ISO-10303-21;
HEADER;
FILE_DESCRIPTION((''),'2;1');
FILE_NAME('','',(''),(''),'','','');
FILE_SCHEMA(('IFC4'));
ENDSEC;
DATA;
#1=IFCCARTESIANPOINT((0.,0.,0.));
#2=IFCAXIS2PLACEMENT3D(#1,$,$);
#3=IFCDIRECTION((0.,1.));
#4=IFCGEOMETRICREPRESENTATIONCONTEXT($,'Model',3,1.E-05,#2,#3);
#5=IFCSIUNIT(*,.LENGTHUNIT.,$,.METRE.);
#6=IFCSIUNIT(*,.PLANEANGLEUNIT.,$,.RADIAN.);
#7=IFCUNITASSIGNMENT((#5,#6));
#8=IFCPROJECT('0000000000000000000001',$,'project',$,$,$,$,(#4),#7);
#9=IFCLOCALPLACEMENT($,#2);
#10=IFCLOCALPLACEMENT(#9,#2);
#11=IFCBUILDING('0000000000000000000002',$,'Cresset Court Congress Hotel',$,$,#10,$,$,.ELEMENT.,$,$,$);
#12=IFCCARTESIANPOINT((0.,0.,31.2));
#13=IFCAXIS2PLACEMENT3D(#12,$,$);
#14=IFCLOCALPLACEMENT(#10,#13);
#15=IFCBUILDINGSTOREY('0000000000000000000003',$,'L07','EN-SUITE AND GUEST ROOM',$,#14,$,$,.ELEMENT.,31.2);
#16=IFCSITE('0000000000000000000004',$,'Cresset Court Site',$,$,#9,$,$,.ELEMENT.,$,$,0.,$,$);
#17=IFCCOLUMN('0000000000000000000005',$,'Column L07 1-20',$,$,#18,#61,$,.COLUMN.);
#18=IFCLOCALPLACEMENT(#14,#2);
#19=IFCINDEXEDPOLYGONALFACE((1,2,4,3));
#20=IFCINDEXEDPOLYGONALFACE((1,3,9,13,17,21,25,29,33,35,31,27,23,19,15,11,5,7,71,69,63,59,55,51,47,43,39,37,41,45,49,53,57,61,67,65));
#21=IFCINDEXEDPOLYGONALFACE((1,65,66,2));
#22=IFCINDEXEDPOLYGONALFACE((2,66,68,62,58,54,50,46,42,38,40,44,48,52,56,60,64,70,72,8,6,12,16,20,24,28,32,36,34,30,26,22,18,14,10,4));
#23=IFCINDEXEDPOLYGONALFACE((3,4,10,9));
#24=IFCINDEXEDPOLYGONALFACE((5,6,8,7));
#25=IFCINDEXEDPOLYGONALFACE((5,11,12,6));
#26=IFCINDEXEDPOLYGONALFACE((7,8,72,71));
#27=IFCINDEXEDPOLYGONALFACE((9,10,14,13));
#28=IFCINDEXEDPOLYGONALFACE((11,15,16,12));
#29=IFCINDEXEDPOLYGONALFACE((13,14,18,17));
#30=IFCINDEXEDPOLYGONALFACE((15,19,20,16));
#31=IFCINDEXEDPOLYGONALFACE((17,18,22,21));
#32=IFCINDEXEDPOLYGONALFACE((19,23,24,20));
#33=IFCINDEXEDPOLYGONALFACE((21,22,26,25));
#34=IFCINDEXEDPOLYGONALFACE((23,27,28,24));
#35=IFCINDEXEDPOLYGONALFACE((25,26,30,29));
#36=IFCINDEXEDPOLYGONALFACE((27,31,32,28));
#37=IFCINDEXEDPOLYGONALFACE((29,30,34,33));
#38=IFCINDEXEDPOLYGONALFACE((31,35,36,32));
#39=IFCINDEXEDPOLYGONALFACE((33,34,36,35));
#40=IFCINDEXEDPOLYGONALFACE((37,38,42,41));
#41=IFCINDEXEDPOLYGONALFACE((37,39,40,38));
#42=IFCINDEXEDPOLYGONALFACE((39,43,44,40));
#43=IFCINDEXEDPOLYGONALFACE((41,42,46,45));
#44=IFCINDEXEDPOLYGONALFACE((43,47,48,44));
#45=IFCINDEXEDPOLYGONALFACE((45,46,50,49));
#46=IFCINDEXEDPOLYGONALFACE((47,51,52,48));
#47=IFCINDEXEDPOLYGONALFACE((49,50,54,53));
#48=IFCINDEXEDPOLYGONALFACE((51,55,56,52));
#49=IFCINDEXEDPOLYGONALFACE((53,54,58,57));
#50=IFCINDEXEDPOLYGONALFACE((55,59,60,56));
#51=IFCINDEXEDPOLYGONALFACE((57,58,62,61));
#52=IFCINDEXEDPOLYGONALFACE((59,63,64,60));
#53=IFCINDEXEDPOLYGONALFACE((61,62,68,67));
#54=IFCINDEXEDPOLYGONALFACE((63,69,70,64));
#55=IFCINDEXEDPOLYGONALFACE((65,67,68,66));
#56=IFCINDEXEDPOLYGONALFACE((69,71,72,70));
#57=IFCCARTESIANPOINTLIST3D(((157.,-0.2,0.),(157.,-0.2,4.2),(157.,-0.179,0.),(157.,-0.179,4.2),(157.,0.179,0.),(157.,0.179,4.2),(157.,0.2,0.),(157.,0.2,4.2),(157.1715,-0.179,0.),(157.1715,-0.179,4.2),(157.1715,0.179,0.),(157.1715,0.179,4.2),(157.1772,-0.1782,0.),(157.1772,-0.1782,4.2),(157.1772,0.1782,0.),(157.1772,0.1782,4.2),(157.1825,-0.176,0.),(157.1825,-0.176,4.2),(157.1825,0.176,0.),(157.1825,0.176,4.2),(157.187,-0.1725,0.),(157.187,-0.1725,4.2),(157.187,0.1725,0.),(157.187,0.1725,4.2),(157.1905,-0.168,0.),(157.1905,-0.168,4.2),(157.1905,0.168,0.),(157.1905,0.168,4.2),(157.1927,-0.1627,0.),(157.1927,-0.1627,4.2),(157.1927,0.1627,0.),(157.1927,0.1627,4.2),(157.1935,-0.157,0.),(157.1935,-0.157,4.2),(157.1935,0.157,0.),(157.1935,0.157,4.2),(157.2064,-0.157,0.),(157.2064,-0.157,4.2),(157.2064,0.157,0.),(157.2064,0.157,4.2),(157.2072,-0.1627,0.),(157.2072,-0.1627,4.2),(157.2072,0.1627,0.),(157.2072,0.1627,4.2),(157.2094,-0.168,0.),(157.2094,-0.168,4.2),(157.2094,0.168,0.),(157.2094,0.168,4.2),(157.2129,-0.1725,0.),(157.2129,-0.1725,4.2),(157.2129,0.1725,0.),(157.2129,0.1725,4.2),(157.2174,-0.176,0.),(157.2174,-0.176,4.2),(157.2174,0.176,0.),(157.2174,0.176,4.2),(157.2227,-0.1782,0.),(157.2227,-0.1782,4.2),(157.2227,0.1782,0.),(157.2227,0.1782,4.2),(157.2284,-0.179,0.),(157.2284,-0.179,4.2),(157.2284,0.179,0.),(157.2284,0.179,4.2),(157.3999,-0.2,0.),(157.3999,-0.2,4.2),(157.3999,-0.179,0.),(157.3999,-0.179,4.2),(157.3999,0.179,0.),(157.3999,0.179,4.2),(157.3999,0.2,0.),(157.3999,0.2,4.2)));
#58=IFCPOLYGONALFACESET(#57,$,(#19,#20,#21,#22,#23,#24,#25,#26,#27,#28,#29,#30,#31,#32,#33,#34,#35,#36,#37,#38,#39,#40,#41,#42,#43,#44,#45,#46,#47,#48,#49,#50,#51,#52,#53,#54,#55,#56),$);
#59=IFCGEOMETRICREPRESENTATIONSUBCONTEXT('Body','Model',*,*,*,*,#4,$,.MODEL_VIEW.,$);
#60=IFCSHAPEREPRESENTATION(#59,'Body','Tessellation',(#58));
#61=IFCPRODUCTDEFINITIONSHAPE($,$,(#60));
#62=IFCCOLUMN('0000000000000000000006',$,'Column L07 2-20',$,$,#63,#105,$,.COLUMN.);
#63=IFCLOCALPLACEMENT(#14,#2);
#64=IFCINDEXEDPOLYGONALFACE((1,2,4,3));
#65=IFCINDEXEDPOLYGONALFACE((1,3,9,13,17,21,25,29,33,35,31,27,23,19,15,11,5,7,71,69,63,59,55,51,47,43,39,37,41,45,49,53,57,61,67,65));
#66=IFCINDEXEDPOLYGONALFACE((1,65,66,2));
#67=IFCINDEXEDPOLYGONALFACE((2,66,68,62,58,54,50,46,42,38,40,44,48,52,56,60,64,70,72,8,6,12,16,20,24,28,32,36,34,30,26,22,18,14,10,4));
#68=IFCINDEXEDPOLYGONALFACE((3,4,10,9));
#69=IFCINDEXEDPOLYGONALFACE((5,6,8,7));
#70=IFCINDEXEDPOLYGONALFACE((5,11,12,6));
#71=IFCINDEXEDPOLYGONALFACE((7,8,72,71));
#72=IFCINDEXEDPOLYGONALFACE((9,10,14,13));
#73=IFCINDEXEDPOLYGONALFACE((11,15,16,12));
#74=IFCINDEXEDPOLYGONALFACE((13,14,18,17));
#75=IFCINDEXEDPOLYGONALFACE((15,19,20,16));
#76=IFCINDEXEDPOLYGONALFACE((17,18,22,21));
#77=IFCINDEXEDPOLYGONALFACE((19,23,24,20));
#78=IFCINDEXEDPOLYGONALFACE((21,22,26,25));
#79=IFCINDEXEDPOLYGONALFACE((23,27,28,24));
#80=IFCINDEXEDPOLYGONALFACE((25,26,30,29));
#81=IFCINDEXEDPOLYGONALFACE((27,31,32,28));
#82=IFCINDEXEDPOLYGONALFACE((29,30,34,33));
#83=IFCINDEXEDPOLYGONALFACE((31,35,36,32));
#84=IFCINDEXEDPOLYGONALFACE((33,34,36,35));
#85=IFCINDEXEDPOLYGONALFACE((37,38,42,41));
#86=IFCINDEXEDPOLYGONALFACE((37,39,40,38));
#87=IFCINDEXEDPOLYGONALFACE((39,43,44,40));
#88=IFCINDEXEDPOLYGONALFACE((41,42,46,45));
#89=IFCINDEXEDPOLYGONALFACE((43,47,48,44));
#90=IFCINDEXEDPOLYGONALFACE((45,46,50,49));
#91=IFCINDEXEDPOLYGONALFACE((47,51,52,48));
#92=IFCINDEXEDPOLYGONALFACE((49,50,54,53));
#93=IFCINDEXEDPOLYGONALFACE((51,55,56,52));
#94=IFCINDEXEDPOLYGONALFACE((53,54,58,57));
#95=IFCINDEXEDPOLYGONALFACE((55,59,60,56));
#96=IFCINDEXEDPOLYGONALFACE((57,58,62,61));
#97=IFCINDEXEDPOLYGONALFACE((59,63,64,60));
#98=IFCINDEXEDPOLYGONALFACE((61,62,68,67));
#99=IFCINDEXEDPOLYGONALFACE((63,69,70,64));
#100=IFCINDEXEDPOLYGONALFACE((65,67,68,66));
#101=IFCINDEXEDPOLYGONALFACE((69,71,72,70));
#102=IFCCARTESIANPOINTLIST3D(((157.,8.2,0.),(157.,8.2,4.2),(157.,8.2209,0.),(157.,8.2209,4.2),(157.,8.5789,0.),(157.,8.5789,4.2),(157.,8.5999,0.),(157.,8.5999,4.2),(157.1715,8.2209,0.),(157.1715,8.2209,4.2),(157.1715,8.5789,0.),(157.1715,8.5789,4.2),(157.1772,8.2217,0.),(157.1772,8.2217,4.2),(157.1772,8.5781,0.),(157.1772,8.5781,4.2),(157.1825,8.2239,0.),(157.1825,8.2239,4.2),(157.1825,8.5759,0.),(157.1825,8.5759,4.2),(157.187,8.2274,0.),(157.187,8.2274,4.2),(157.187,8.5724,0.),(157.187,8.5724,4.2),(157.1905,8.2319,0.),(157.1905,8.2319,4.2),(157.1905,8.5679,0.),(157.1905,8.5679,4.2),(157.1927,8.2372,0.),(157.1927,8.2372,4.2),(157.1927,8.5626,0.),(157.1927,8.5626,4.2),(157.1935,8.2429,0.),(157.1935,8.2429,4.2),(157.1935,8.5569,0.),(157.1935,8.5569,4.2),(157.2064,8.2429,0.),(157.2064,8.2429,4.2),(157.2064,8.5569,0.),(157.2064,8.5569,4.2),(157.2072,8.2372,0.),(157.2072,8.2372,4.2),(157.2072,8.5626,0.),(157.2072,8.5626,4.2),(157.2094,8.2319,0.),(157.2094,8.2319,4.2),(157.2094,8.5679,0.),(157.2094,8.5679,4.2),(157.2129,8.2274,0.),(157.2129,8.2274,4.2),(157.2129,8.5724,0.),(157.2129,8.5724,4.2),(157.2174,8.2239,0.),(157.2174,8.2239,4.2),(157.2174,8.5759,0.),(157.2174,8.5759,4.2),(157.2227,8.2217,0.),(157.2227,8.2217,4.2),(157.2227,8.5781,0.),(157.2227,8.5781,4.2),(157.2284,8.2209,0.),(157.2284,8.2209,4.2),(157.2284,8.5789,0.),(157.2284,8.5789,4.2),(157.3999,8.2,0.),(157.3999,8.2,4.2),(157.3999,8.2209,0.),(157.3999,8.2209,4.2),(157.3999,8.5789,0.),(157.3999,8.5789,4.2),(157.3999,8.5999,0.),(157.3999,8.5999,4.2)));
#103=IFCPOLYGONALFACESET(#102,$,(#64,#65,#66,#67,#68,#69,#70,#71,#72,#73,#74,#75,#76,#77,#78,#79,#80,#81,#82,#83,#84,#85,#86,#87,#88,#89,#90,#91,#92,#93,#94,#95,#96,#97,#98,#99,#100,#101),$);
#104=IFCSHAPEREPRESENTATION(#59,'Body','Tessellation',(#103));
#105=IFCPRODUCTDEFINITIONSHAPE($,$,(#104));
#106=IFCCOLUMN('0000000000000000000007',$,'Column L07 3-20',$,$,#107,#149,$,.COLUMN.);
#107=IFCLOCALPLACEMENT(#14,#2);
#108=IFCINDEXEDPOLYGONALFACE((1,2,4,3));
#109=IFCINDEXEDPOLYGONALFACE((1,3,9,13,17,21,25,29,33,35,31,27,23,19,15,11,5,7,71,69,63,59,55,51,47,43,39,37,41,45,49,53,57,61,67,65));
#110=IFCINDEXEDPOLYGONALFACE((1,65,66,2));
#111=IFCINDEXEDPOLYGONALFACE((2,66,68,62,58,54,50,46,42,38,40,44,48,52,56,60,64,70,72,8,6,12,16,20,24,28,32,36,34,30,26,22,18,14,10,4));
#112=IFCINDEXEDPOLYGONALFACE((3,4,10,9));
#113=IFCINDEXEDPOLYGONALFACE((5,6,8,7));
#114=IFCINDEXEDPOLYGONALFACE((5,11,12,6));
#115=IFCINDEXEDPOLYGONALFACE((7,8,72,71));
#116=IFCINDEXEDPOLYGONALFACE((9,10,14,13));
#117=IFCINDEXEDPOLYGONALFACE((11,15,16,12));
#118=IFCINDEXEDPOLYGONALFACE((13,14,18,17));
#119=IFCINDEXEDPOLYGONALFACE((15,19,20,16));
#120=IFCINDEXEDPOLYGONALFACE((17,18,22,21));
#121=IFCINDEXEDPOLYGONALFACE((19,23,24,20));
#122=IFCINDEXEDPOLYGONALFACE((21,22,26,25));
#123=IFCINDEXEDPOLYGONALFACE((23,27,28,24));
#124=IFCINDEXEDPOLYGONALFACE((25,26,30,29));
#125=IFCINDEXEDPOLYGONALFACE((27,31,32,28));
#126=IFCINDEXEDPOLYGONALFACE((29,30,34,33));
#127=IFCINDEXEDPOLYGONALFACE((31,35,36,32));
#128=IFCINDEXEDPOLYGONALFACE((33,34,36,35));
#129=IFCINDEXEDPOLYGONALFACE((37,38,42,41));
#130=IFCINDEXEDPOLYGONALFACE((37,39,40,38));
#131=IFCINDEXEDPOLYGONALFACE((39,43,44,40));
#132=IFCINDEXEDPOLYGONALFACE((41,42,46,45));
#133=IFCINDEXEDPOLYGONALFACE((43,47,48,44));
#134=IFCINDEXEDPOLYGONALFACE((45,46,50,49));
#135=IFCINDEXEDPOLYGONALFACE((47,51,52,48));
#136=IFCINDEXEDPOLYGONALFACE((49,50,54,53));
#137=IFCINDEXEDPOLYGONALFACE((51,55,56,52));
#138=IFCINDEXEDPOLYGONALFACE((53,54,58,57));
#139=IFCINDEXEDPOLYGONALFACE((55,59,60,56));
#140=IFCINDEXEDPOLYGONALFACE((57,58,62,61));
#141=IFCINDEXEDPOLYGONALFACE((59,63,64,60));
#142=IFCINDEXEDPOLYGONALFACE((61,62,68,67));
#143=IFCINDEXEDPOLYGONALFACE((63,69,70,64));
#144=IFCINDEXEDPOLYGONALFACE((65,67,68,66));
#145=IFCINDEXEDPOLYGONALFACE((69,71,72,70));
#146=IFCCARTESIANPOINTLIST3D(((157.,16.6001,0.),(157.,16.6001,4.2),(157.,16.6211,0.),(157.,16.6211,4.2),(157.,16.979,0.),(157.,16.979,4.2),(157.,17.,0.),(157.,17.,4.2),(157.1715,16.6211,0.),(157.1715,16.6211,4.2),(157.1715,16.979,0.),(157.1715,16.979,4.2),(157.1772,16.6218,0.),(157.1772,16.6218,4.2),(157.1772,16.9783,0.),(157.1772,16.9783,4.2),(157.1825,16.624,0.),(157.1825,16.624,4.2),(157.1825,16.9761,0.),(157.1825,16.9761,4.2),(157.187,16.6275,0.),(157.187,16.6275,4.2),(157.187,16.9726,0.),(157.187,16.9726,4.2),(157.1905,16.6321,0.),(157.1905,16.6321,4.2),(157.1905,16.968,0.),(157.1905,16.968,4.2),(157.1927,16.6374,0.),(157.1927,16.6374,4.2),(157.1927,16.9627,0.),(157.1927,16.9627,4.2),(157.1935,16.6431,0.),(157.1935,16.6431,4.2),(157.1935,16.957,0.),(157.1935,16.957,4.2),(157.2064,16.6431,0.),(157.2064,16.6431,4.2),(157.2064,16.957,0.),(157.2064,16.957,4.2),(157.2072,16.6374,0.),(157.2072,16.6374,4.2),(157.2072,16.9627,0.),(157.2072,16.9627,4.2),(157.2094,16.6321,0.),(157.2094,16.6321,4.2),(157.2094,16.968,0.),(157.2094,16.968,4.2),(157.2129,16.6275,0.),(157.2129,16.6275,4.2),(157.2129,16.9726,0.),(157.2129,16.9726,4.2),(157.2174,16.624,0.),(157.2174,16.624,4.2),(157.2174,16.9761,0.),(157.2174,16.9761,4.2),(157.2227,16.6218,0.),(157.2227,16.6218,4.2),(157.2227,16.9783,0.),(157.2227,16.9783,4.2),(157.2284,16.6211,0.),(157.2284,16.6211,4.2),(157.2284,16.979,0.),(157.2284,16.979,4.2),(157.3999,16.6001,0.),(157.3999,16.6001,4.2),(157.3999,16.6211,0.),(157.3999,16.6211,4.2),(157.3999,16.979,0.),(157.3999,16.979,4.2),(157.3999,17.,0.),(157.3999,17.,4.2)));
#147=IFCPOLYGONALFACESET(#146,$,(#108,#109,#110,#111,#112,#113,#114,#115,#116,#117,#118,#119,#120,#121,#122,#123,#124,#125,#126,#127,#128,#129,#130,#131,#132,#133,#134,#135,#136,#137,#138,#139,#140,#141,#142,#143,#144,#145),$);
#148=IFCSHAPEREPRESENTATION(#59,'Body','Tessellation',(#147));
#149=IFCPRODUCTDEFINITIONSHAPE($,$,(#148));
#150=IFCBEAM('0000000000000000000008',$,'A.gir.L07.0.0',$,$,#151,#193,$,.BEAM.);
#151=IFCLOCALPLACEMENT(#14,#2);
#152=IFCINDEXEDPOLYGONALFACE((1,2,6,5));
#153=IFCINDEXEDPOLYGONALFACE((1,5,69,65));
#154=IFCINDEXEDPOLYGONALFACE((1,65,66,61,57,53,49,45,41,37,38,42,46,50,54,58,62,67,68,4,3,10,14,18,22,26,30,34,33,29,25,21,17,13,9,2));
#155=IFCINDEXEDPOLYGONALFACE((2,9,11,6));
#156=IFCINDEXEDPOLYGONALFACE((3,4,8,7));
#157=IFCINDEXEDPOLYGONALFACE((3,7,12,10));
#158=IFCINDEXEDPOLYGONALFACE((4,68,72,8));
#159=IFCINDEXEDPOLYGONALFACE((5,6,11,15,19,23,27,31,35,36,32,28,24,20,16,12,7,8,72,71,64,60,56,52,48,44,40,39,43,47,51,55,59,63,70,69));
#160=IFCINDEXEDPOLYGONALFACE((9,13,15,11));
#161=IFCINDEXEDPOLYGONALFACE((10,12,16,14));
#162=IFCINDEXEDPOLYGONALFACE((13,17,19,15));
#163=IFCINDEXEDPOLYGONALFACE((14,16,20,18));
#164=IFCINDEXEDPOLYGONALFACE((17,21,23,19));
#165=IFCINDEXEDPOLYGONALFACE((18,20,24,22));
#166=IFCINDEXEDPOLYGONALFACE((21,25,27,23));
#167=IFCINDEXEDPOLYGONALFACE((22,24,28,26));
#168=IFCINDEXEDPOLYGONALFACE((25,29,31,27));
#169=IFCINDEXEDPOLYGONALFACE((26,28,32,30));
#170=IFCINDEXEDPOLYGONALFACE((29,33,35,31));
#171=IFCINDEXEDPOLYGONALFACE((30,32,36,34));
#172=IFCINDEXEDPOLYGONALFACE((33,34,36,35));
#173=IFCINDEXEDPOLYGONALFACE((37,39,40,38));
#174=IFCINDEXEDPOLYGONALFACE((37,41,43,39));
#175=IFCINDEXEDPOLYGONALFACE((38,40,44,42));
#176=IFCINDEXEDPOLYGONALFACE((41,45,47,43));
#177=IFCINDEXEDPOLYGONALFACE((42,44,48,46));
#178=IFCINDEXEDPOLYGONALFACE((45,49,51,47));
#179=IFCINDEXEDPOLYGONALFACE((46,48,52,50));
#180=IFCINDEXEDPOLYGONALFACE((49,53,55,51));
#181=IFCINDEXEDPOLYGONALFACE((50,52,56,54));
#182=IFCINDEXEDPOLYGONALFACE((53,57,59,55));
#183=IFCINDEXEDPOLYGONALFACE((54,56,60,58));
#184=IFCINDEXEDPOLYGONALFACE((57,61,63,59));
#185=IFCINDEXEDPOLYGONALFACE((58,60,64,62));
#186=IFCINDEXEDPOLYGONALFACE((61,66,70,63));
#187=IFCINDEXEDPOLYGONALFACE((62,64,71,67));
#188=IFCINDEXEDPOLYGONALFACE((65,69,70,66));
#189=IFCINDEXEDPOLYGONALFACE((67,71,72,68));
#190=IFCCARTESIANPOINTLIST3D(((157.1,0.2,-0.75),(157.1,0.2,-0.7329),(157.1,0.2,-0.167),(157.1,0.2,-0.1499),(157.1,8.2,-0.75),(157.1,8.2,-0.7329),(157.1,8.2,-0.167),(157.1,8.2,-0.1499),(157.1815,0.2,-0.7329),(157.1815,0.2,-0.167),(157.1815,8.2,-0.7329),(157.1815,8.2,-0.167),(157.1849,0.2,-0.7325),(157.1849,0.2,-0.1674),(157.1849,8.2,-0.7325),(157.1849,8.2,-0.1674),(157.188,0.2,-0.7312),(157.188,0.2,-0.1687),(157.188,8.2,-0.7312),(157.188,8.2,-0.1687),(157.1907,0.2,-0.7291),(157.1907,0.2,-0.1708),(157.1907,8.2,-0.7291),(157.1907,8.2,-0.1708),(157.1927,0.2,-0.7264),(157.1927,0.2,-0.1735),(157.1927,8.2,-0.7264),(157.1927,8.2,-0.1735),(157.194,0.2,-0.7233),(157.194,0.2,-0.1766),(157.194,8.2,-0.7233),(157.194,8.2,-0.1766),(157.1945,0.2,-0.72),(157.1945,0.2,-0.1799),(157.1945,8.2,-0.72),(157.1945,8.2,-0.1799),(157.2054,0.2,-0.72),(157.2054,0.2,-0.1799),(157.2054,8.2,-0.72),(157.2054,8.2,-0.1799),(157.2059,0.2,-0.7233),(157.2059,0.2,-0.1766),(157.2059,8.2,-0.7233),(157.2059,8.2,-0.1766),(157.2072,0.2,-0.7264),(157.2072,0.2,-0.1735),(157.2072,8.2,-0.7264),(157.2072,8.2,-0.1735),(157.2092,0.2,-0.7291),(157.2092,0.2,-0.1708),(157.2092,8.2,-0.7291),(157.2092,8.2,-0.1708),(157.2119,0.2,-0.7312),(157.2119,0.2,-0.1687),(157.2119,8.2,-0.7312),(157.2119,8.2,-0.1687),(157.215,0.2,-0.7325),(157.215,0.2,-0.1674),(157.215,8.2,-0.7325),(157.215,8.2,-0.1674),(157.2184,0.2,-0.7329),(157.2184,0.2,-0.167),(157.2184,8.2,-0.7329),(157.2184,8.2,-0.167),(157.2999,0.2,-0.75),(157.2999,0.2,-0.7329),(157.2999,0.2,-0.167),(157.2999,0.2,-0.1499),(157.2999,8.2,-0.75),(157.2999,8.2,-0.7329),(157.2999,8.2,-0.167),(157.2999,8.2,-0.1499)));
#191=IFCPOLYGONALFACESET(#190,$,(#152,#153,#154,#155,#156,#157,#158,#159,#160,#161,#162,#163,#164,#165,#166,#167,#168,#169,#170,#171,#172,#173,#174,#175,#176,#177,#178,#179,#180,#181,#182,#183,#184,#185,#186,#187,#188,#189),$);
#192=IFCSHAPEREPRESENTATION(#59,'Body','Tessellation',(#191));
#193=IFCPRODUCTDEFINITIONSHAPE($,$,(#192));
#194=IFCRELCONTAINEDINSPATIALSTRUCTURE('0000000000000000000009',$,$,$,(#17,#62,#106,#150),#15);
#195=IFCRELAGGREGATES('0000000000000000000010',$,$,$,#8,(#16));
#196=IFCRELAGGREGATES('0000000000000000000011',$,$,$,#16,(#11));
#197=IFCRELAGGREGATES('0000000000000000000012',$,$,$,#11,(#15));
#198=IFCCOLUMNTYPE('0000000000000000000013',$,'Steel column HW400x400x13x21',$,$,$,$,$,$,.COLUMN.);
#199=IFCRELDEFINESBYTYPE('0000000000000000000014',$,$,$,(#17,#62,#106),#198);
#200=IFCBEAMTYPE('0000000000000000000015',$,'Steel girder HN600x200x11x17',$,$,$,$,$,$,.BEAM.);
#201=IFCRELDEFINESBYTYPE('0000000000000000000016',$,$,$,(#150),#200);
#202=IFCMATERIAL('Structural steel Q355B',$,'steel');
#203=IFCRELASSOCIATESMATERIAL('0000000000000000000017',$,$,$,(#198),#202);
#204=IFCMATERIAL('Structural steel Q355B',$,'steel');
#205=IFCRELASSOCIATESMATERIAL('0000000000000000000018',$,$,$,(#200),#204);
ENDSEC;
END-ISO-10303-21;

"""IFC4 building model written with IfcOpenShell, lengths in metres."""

from ifc_helpers import new_model, si_unit, direction, frame, origin, origin_2d, place, context, subcontext, project, spatial, i_section, extrude, material, material_profile, profile_set, type_object, element, save


model = new_model("IFC4")

# Units and contexts
model_context = context("Model", 3, precision=1e-05, world=origin(), true_north=direction((0.0, 1.0)))
body_context = subcontext(model_context, "Body", "Model", "MODEL_VIEW")
ifc_project = project(units=[si_unit("LENGTHUNIT", "METRE"), si_unit("PLANEANGLEUNIT", "RADIAN")], contexts=[model_context])

# Site, building, storey
site_placement = place(None, origin())
site = spatial("IfcSite", under=ifc_project, at=site_placement, Name="Cresset Court Site", CompositionType="ELEMENT", RefElevation=0.0)
building_placement = place(site_placement, origin())
building = spatial("IfcBuilding", under=site, at=building_placement, Name="Cresset Court Congress Hotel", CompositionType="ELEMENT")
storey_placement = place(building_placement, frame((0.0, 0.0, 31.2)))
storey = spatial("IfcBuildingStorey", under=building, at=storey_placement, Name="L07", Description="EN-SUITE AND GUEST ROOM", CompositionType="ELEMENT", Elevation=31.2)

# Columns
ifc_material_1 = material(Name="Structural steel Q355B", Category="steel")
ifc_material_profile_1 = material_profile(ifc_material_1, i_section(OverallWidth=0.3999, OverallDepth=0.3999, WebThickness=0.0129, FlangeThickness=0.021, FilletRadius=0.022, at=origin_2d()), Name="HW400x400x13x21")
ifc_profile_set_1 = profile_set([ifc_material_profile_1], Name="Structural steel Q355B")
column_type = type_object("IfcColumnType", Name="Steel column HW400x400x13x21", PredefinedType="COLUMN", material=ifc_profile_set_1)
for number, where, z_axis, x_axis, name in (
    (1, (157.2, 0.0, 0.0), (0.0, 0.0, 1.0), (1.0, 0.0, 0.0), "Column L07 1-20"),
    (2, (157.2, 8.3999, 0.0), (0.0, 0.0, 1.0), (1.0, 0.0, 0.0), "Column L07 2-20"),
    (3, (157.2, 16.8, 0.0), (0.0, 0.0, 1.0), (1.0, 0.0, 0.0), "Column L07 3-20"),
):
    element("IfcColumn", number, at=place(storey_placement, frame(where, z_axis=z_axis, x_axis=x_axis)), inside=storey, type_object=column_type, Name=name, PredefinedType="COLUMN", context=body_context, shape_type="SweptSolid", body=[
        extrude(i_section(OverallWidth=0.3999, OverallDepth=0.3999, WebThickness=0.0129, FlangeThickness=0.021, FilletRadius=0.022, at=origin_2d()), origin(), (0.0, 0.0, 1.0), 4.2),
    ])

# Beam
ifc_material_2 = material(Name="Structural steel Q355B", Category="steel")
ifc_material_profile_2 = material_profile(ifc_material_2, i_section(OverallWidth=0.2, OverallDepth=0.6001, WebThickness=0.011, FlangeThickness=0.0171, FilletRadius=0.0129, at=origin_2d()), Name="HN600x200x11x17")
ifc_profile_set_2 = profile_set([ifc_material_profile_2], Name="Structural steel Q355B")
beam_type = type_object("IfcBeamType", Name="Steel girder HN600x200x11x17", PredefinedType="BEAM", material=ifc_profile_set_2)
for number, where, z_axis, x_axis, name in (
    (4, (157.2, 0.2, -0.45), (0.0, 1.0, 0.0), (-1.0, 0.0, 0.0), "A.gir.L07.0.0"),
):
    element("IfcBeam", number, at=place(storey_placement, frame(where, z_axis=z_axis, x_axis=x_axis)), inside=storey, type_object=beam_type, Name=name, PredefinedType="BEAM", context=body_context, shape_type="SweptSolid", body=[
        extrude(i_section(OverallWidth=0.2, OverallDepth=0.6001, WebThickness=0.011, FlangeThickness=0.0171, FilletRadius=0.0129, at=origin_2d()), origin(), (0.0, 0.0, 1.0), 8.0),
    ])

save(model, "model.ifc")
